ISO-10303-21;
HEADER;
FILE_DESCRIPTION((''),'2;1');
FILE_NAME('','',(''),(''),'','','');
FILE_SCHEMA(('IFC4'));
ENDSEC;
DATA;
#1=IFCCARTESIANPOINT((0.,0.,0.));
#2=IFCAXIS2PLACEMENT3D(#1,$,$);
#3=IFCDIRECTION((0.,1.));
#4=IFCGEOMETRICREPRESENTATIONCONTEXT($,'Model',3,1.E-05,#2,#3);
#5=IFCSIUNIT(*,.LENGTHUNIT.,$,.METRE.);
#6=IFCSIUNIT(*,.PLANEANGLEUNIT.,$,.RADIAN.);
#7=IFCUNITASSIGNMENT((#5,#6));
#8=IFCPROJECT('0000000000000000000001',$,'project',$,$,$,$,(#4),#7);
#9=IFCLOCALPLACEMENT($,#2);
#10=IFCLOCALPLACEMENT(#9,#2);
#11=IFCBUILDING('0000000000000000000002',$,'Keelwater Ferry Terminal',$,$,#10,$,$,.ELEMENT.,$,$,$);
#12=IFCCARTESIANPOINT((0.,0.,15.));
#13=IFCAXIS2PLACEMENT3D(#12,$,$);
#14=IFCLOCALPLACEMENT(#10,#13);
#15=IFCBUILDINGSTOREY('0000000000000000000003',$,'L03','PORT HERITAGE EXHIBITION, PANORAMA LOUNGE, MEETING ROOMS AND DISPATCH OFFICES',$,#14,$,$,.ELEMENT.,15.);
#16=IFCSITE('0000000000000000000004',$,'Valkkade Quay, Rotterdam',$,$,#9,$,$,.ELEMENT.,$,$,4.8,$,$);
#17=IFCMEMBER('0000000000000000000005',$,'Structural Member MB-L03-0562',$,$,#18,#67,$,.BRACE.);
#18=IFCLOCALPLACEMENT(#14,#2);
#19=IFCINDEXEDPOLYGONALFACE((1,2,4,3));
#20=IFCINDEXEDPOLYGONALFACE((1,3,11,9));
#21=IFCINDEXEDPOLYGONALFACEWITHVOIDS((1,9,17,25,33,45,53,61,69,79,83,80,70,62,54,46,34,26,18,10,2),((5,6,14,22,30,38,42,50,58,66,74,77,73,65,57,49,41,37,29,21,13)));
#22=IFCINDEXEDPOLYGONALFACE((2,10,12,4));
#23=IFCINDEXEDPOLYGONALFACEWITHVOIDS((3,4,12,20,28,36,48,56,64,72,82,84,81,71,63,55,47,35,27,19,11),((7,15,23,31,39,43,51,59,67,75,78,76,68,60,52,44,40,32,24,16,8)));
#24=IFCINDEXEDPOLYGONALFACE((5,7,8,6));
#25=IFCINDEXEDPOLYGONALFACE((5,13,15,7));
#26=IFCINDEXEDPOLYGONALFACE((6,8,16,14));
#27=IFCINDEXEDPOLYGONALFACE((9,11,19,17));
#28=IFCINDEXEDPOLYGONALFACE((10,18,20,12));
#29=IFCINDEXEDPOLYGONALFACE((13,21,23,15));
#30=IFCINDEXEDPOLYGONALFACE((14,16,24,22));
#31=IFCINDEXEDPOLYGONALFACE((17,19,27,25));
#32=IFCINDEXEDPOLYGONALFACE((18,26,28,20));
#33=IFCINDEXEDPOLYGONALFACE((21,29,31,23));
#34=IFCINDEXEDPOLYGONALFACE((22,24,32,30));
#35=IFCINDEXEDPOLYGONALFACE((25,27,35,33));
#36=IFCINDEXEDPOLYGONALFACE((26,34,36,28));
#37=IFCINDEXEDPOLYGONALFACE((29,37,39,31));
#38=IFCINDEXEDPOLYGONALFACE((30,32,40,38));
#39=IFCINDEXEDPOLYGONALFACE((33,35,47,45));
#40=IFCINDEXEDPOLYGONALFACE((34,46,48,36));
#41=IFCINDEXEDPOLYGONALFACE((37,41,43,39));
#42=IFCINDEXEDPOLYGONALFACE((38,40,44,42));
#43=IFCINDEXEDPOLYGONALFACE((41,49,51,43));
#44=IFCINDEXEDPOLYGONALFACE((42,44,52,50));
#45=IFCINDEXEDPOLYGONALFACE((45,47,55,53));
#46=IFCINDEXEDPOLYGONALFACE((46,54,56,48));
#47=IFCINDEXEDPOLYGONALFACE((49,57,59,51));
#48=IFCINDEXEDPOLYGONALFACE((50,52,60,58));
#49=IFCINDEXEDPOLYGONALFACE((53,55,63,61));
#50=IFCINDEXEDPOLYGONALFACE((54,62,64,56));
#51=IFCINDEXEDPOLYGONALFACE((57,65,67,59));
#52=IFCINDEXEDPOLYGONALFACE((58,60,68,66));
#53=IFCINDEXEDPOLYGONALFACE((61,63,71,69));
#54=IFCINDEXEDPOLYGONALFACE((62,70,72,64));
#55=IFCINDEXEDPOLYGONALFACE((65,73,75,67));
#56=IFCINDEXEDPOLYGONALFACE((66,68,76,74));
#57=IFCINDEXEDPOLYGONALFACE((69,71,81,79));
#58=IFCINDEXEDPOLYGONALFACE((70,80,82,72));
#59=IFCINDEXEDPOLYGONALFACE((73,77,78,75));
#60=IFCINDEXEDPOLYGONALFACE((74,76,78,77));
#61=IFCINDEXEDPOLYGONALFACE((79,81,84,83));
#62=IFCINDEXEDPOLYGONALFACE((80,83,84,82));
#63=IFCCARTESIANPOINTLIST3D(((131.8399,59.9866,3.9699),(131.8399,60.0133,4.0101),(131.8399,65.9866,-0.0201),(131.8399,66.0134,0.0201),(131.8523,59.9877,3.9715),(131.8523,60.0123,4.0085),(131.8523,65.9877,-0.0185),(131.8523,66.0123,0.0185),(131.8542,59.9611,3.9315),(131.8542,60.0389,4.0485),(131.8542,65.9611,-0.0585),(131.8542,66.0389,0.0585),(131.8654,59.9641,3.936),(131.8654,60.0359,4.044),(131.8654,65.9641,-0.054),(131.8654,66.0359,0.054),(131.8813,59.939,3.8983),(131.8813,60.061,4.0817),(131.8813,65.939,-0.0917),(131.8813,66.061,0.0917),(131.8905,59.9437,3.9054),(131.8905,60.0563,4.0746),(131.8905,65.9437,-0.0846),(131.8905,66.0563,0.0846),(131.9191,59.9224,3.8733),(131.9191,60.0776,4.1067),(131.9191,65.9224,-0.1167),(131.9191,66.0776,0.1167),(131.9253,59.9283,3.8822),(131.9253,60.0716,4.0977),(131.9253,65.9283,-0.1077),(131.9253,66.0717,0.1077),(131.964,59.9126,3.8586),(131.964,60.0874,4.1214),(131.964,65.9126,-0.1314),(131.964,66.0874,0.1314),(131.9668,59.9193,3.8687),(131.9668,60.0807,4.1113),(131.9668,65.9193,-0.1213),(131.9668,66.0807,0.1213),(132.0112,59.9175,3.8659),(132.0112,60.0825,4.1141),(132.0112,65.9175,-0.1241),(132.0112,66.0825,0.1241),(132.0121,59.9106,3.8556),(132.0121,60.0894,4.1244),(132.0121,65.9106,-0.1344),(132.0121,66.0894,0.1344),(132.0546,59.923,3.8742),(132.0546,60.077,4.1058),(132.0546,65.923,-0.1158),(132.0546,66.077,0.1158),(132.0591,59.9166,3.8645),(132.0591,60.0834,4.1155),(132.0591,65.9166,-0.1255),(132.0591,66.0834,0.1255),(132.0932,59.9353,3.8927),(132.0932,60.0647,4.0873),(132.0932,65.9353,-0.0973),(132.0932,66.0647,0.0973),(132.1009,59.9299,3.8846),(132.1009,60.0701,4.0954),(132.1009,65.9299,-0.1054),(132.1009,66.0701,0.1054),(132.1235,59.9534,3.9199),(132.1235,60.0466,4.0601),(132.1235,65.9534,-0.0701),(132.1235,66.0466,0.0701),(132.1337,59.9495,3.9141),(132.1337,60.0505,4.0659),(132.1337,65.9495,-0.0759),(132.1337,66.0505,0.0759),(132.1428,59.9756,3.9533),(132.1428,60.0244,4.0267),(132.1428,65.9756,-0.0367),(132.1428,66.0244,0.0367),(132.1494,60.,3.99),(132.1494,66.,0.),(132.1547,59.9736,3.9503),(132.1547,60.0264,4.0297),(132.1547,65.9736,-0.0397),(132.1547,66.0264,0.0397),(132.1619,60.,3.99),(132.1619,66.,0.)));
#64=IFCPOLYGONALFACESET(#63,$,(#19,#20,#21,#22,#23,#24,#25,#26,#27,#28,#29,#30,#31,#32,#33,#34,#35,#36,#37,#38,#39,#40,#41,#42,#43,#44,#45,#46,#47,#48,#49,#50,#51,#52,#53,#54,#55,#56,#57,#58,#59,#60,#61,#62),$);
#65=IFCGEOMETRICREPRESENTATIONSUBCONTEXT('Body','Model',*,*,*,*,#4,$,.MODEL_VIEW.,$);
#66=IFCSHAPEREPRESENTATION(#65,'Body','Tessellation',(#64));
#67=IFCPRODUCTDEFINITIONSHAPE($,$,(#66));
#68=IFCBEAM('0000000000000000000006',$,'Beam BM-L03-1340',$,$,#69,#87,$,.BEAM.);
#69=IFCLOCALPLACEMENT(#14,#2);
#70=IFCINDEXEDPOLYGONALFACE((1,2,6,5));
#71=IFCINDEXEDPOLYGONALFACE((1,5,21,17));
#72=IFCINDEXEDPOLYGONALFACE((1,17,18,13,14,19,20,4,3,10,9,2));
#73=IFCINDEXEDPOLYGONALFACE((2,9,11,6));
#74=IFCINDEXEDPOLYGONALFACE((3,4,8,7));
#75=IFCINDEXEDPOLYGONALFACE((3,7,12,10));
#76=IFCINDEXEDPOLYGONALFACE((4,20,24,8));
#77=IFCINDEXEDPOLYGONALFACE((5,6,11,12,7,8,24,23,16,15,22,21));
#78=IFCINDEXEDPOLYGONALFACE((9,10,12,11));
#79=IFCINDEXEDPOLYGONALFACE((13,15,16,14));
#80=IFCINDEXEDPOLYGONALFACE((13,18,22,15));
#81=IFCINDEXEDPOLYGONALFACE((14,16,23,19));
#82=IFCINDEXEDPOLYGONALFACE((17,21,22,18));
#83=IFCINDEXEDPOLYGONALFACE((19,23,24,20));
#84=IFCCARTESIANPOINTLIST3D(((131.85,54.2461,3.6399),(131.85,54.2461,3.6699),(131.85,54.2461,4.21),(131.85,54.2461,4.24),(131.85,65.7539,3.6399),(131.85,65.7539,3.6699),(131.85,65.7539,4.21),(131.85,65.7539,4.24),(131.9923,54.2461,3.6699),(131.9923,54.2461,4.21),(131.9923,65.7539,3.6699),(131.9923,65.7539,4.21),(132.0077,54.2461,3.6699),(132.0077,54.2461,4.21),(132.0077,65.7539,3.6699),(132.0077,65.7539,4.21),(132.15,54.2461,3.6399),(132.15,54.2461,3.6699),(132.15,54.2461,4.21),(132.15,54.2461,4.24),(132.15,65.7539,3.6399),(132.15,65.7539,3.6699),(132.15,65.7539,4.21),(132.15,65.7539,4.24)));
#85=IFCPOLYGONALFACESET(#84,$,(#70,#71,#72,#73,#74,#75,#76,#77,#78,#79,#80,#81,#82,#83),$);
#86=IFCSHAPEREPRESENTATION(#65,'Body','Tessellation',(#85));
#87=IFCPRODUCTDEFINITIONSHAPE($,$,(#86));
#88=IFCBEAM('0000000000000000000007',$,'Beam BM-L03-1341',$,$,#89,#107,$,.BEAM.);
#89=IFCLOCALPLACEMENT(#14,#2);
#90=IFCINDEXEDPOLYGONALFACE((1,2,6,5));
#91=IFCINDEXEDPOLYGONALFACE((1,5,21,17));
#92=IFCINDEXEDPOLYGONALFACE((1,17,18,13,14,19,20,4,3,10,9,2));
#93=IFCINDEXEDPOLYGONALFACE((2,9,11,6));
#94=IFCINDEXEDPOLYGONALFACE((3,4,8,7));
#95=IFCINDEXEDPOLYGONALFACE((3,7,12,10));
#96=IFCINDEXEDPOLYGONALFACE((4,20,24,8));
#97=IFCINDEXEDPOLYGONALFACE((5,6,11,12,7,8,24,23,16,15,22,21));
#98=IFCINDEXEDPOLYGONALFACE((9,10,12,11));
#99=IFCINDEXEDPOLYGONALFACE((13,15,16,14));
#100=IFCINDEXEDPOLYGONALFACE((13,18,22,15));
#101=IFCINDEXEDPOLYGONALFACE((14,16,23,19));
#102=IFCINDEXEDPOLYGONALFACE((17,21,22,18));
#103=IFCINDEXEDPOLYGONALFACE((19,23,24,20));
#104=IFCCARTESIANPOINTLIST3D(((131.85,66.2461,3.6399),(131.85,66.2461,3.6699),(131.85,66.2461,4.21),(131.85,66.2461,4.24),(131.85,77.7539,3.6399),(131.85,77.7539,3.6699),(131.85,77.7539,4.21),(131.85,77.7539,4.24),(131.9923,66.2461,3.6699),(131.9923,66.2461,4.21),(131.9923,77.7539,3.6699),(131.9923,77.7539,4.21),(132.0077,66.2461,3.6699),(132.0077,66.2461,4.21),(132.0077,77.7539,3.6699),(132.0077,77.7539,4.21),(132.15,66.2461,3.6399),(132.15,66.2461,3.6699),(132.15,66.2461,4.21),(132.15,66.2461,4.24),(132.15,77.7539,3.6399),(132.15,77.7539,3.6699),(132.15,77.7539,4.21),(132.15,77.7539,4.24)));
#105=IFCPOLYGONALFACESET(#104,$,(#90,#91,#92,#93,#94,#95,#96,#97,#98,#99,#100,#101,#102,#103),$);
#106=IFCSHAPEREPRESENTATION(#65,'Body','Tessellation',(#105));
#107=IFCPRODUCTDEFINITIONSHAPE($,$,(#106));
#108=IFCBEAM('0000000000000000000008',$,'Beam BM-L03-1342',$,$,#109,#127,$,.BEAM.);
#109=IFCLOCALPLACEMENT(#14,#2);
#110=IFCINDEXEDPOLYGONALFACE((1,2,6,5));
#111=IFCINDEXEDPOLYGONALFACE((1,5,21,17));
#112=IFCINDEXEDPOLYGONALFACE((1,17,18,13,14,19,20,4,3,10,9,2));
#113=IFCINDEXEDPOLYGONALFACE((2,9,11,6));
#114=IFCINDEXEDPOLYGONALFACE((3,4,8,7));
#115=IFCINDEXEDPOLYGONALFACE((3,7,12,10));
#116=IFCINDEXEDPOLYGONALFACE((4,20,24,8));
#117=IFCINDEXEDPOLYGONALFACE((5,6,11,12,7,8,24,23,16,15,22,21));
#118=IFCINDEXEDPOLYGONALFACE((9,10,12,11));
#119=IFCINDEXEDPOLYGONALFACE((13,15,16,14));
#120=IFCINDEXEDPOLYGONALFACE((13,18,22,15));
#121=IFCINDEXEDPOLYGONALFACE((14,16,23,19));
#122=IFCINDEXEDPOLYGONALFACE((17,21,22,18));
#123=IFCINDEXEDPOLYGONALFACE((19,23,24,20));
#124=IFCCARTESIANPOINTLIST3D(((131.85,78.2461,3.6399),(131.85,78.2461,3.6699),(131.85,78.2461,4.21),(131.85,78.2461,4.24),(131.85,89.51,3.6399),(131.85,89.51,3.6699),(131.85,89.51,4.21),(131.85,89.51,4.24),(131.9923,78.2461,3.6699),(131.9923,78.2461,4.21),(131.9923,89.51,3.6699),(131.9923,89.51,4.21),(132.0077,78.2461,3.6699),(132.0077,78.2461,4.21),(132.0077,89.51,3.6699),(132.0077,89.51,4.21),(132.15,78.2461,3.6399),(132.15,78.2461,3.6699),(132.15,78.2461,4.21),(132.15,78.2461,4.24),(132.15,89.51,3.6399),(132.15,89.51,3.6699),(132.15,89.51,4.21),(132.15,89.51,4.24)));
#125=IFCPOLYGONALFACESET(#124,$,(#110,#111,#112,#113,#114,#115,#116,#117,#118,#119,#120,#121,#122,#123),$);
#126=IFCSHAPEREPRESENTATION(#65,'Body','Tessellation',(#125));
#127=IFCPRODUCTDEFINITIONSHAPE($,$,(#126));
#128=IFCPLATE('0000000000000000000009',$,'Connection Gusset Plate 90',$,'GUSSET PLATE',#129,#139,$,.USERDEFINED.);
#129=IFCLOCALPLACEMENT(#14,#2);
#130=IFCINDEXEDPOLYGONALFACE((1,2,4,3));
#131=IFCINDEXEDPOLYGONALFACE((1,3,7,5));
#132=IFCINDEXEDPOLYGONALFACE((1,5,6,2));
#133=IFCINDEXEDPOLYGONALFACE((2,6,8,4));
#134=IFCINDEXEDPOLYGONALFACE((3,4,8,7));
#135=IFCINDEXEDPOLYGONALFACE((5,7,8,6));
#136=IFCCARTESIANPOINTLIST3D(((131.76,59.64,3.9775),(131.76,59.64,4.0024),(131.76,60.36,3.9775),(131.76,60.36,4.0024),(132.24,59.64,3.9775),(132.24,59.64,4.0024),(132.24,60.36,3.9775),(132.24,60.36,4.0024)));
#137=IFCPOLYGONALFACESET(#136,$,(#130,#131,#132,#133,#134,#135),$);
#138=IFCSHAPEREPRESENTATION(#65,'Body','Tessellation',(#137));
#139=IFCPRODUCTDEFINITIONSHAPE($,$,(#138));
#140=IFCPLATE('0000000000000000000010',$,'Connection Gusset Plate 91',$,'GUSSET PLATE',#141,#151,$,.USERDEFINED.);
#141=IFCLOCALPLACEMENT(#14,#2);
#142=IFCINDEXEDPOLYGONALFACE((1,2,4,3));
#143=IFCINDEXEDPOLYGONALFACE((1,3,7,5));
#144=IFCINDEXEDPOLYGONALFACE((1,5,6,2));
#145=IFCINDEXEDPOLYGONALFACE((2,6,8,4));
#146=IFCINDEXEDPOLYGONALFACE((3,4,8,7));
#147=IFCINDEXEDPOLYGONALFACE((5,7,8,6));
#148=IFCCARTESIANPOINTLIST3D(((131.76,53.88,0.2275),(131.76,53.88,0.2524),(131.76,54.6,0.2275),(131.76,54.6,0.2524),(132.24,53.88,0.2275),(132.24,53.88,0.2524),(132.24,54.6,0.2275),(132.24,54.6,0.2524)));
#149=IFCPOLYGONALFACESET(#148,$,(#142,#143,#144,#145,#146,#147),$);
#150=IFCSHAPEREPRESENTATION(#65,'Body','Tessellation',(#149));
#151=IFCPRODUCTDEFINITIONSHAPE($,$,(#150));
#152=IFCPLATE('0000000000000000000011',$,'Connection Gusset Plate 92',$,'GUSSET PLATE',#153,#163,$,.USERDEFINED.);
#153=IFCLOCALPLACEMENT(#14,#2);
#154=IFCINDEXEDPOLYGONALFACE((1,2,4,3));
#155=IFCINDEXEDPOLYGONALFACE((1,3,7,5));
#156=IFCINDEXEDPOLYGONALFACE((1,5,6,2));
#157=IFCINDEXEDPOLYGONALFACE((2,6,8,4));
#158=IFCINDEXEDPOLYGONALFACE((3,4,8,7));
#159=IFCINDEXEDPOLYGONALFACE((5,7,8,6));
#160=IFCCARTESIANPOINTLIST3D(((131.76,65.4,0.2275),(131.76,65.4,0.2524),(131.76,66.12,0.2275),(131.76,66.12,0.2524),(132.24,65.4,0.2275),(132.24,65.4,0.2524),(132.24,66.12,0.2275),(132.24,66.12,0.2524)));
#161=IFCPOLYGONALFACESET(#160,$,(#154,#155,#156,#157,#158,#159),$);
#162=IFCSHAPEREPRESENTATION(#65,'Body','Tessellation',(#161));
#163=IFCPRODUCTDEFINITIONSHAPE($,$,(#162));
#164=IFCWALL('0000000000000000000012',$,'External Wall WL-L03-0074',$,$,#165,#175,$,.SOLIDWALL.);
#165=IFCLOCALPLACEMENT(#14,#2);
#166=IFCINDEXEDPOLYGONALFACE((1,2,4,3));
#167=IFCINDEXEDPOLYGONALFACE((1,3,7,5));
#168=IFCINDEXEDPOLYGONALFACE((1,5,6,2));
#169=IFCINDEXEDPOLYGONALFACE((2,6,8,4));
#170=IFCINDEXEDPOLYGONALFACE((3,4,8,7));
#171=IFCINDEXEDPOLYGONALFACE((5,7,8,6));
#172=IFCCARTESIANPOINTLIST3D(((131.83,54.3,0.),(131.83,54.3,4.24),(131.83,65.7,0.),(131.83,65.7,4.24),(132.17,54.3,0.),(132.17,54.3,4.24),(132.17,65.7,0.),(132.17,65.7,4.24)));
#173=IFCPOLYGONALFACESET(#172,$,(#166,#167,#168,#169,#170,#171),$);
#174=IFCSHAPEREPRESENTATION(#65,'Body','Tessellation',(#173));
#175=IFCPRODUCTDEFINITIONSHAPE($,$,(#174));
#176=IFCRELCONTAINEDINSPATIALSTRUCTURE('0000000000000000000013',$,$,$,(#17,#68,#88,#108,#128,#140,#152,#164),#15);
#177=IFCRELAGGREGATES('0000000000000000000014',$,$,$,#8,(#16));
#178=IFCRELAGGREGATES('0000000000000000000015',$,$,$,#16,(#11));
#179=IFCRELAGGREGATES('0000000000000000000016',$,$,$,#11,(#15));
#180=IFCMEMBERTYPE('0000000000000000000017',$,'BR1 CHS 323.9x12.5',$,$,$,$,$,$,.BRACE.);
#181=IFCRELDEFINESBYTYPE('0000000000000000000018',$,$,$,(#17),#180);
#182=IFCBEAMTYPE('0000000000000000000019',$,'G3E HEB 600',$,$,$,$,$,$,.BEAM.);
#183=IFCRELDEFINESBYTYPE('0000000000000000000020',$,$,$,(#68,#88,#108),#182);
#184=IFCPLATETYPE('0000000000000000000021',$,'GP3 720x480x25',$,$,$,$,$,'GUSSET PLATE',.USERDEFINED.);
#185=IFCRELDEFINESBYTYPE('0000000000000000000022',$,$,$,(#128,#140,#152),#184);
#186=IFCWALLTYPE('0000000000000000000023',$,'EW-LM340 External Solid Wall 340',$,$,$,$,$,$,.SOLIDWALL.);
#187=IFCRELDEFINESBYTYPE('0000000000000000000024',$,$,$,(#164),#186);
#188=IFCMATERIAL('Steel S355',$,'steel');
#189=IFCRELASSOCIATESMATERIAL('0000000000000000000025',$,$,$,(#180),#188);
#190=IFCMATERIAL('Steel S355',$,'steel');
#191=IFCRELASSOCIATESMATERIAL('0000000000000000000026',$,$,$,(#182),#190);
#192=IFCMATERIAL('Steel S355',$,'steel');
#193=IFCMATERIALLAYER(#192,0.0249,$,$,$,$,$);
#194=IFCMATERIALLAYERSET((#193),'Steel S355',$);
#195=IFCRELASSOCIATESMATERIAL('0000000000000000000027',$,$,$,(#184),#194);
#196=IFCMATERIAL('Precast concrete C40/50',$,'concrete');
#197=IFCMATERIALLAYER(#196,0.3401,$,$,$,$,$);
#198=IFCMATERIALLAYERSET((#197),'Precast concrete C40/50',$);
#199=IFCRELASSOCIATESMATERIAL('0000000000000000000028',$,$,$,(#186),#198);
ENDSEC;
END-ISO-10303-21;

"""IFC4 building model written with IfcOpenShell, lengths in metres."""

from ifc_helpers import new_model, si_unit, direction, frame, frame_2d, origin, origin_2d, place, context, subcontext, project, spatial, rectangle, hollow_circle, i_section, extrude, material, layer, layer_set, material_profile, profile_set, type_object, element, save


model = new_model("IFC4")

# Units and contexts
model_context = context("Model", 3, precision=1e-05, world=origin(), true_north=direction((0.0, 1.0)))
body_context = subcontext(model_context, "Body", "Model", "MODEL_VIEW")
ifc_project = project(units=[si_unit("LENGTHUNIT", "METRE"), si_unit("PLANEANGLEUNIT", "RADIAN")], contexts=[model_context])

# Site, building, storey
site_placement = place(None, origin())
site = spatial("IfcSite", under=ifc_project, at=site_placement, Name="Valkkade Quay, Rotterdam", CompositionType="ELEMENT", RefElevation=4.8)
building_placement = place(site_placement, origin())
building = spatial("IfcBuilding", under=site, at=building_placement, Name="Keelwater Ferry Terminal", CompositionType="ELEMENT")
storey_placement = place(building_placement, frame((0.0, 0.0, 15.0)))
storey = spatial("IfcBuildingStorey", under=building, at=storey_placement, Name="L03", Description="PORT HERITAGE EXHIBITION, PANORAMA LOUNGE, MEETING ROOMS AND DISPATCH OFFICES", CompositionType="ELEMENT", Elevation=15.0)

# Member
ifc_material_1 = material(Name="Steel S355", Category="steel")
ifc_material_profile_1 = material_profile(ifc_material_1, hollow_circle(Radius=0.1619, WallThickness=0.0125, at=origin_2d()), Name="CHS 323.9x12.5")
ifc_profile_set_1 = profile_set([ifc_material_profile_1], Name="Steel S355")
member_type = type_object("IfcMemberType", Name="BR1 CHS 323.9x12.5", PredefinedType="BRACE", material=ifc_profile_set_1)
for number, where, z_axis, x_axis, name in (
    (1, (132.0, 66.0, 0.0), (0.0, -0.832691, 0.553738), (1.0, 0.0, 0.0), "Structural Member MB-L03-0562"),
):
    element("IfcMember", number, at=place(storey_placement, frame(where, z_axis=z_axis, x_axis=x_axis)), inside=storey, type_object=member_type, Name=name, PredefinedType="BRACE", context=body_context, shape_type="SweptSolid", body=[
        extrude(hollow_circle(Radius=0.1619, WallThickness=0.0125, at=origin_2d()), origin(), (0.0, 0.0, 1.0), 7.2056),
    ])

# Beams
ifc_material_2 = material(Name="Steel S355", Category="steel")
ifc_material_profile_2 = material_profile(ifc_material_2, i_section(OverallWidth=0.3, OverallDepth=0.6001, WebThickness=0.0154, FlangeThickness=0.03, at=origin_2d()), Name="HEB 600")
ifc_profile_set_2 = profile_set([ifc_material_profile_2], Name="Steel S355")
beam_type = type_object("IfcBeamType", Name="G3E HEB 600", PredefinedType="BEAM", material=ifc_profile_set_2)
for number, where, z_axis, x_axis, name in (
    (2, (132.0, 54.2461, 3.9399), (0.0, 1.0, 0.0), (-1.0, 0.0, 0.0), "Beam BM-L03-1340"),
    (3, (132.0, 66.2461, 3.9399), (0.0, 1.0, 0.0), (-1.0, 0.0, 0.0), "Beam BM-L03-1341"),
):
    element("IfcBeam", number, at=place(storey_placement, frame(where, z_axis=z_axis, x_axis=x_axis)), inside=storey, type_object=beam_type, Name=name, PredefinedType="BEAM", context=body_context, shape_type="SweptSolid", body=[
        extrude(i_section(OverallWidth=0.3, OverallDepth=0.6001, WebThickness=0.0154, FlangeThickness=0.03, at=origin_2d()), origin(), (0.0, 0.0, 1.0), 11.5078),
    ])
beam_placement = place(storey_placement, frame((132.0, 78.2461, 3.9399), z_axis=(0.0, 1.0, 0.0), x_axis=(-1.0, 0.0, 0.0)))
element("IfcBeam", 4, at=beam_placement, inside=storey, type_object=beam_type, Name="Beam BM-L03-1342", PredefinedType="BEAM", context=body_context, shape_type="SweptSolid", body=[
    extrude(i_section(OverallWidth=0.3, OverallDepth=0.6001, WebThickness=0.0154, FlangeThickness=0.03, at=origin_2d()), origin(), (0.0, 0.0, 1.0), 11.2639),
])

# Plates
ifc_material_3 = material(Name="Steel S355", Category="steel")
ifc_layer_1 = layer(ifc_material_3, 0.0249)
ifc_layer_set_1 = layer_set([ifc_layer_1], Name="Steel S355")
plate_type = type_object("IfcPlateType", Name="GP3 720x480x25", ElementType="GUSSET PLATE", PredefinedType="USERDEFINED", material=ifc_layer_set_1)
for number, where, z_axis, x_axis, name in (
    (5, (132.0, 60.0, 3.9775), (0.0, 0.0, 1.0), (0.0, 1.0, 0.0), "Connection Gusset Plate 90"),
    (6, (132.0, 54.24, 0.2275), (0.0, 0.0, 1.0), (0.0, 1.0, 0.0), "Connection Gusset Plate 91"),
    (7, (132.0, 65.76, 0.2275), (0.0, 0.0, 1.0), (0.0, 1.0, 0.0), "Connection Gusset Plate 92"),
):
    element("IfcPlate", number, at=place(storey_placement, frame(where, z_axis=z_axis, x_axis=x_axis)), inside=storey, type_object=plate_type, Name=name, ObjectType="GUSSET PLATE", PredefinedType="USERDEFINED", context=body_context, shape_type="SweptSolid", body=[
        extrude(rectangle(XDim=0.72, YDim=0.48, at=origin_2d()), origin(), (0.0, 0.0, 1.0), 0.0249),
    ])

# Wall
ifc_material_4 = material(Name="Precast concrete C40/50", Category="concrete")
ifc_layer_2 = layer(ifc_material_4, 0.3401)
ifc_layer_set_2 = layer_set([ifc_layer_2], Name="Precast concrete C40/50")
wall_type = type_object("IfcWallType", Name="EW-LM340 External Solid Wall 340", PredefinedType="SOLIDWALL", material=ifc_layer_set_2)
wall_1_placement = place(storey_placement, frame((132.0, 65.7, 0.0), z_axis=(0.0, 0.0, 1.0), x_axis=(0.0, -1.0, 0.0)))
element("IfcWall", 8, at=wall_1_placement, inside=storey, type_object=wall_type, Name="External Wall WL-L03-0074", PredefinedType="SOLIDWALL", context=body_context, shape_type="SweptSolid", body=[
    extrude(rectangle(XDim=11.3999, YDim=0.3401, at=frame_2d((5.7, 0.0))), origin(), (0.0, 0.0, 1.0), 4.24),
])

save(model, "model.ifc")
